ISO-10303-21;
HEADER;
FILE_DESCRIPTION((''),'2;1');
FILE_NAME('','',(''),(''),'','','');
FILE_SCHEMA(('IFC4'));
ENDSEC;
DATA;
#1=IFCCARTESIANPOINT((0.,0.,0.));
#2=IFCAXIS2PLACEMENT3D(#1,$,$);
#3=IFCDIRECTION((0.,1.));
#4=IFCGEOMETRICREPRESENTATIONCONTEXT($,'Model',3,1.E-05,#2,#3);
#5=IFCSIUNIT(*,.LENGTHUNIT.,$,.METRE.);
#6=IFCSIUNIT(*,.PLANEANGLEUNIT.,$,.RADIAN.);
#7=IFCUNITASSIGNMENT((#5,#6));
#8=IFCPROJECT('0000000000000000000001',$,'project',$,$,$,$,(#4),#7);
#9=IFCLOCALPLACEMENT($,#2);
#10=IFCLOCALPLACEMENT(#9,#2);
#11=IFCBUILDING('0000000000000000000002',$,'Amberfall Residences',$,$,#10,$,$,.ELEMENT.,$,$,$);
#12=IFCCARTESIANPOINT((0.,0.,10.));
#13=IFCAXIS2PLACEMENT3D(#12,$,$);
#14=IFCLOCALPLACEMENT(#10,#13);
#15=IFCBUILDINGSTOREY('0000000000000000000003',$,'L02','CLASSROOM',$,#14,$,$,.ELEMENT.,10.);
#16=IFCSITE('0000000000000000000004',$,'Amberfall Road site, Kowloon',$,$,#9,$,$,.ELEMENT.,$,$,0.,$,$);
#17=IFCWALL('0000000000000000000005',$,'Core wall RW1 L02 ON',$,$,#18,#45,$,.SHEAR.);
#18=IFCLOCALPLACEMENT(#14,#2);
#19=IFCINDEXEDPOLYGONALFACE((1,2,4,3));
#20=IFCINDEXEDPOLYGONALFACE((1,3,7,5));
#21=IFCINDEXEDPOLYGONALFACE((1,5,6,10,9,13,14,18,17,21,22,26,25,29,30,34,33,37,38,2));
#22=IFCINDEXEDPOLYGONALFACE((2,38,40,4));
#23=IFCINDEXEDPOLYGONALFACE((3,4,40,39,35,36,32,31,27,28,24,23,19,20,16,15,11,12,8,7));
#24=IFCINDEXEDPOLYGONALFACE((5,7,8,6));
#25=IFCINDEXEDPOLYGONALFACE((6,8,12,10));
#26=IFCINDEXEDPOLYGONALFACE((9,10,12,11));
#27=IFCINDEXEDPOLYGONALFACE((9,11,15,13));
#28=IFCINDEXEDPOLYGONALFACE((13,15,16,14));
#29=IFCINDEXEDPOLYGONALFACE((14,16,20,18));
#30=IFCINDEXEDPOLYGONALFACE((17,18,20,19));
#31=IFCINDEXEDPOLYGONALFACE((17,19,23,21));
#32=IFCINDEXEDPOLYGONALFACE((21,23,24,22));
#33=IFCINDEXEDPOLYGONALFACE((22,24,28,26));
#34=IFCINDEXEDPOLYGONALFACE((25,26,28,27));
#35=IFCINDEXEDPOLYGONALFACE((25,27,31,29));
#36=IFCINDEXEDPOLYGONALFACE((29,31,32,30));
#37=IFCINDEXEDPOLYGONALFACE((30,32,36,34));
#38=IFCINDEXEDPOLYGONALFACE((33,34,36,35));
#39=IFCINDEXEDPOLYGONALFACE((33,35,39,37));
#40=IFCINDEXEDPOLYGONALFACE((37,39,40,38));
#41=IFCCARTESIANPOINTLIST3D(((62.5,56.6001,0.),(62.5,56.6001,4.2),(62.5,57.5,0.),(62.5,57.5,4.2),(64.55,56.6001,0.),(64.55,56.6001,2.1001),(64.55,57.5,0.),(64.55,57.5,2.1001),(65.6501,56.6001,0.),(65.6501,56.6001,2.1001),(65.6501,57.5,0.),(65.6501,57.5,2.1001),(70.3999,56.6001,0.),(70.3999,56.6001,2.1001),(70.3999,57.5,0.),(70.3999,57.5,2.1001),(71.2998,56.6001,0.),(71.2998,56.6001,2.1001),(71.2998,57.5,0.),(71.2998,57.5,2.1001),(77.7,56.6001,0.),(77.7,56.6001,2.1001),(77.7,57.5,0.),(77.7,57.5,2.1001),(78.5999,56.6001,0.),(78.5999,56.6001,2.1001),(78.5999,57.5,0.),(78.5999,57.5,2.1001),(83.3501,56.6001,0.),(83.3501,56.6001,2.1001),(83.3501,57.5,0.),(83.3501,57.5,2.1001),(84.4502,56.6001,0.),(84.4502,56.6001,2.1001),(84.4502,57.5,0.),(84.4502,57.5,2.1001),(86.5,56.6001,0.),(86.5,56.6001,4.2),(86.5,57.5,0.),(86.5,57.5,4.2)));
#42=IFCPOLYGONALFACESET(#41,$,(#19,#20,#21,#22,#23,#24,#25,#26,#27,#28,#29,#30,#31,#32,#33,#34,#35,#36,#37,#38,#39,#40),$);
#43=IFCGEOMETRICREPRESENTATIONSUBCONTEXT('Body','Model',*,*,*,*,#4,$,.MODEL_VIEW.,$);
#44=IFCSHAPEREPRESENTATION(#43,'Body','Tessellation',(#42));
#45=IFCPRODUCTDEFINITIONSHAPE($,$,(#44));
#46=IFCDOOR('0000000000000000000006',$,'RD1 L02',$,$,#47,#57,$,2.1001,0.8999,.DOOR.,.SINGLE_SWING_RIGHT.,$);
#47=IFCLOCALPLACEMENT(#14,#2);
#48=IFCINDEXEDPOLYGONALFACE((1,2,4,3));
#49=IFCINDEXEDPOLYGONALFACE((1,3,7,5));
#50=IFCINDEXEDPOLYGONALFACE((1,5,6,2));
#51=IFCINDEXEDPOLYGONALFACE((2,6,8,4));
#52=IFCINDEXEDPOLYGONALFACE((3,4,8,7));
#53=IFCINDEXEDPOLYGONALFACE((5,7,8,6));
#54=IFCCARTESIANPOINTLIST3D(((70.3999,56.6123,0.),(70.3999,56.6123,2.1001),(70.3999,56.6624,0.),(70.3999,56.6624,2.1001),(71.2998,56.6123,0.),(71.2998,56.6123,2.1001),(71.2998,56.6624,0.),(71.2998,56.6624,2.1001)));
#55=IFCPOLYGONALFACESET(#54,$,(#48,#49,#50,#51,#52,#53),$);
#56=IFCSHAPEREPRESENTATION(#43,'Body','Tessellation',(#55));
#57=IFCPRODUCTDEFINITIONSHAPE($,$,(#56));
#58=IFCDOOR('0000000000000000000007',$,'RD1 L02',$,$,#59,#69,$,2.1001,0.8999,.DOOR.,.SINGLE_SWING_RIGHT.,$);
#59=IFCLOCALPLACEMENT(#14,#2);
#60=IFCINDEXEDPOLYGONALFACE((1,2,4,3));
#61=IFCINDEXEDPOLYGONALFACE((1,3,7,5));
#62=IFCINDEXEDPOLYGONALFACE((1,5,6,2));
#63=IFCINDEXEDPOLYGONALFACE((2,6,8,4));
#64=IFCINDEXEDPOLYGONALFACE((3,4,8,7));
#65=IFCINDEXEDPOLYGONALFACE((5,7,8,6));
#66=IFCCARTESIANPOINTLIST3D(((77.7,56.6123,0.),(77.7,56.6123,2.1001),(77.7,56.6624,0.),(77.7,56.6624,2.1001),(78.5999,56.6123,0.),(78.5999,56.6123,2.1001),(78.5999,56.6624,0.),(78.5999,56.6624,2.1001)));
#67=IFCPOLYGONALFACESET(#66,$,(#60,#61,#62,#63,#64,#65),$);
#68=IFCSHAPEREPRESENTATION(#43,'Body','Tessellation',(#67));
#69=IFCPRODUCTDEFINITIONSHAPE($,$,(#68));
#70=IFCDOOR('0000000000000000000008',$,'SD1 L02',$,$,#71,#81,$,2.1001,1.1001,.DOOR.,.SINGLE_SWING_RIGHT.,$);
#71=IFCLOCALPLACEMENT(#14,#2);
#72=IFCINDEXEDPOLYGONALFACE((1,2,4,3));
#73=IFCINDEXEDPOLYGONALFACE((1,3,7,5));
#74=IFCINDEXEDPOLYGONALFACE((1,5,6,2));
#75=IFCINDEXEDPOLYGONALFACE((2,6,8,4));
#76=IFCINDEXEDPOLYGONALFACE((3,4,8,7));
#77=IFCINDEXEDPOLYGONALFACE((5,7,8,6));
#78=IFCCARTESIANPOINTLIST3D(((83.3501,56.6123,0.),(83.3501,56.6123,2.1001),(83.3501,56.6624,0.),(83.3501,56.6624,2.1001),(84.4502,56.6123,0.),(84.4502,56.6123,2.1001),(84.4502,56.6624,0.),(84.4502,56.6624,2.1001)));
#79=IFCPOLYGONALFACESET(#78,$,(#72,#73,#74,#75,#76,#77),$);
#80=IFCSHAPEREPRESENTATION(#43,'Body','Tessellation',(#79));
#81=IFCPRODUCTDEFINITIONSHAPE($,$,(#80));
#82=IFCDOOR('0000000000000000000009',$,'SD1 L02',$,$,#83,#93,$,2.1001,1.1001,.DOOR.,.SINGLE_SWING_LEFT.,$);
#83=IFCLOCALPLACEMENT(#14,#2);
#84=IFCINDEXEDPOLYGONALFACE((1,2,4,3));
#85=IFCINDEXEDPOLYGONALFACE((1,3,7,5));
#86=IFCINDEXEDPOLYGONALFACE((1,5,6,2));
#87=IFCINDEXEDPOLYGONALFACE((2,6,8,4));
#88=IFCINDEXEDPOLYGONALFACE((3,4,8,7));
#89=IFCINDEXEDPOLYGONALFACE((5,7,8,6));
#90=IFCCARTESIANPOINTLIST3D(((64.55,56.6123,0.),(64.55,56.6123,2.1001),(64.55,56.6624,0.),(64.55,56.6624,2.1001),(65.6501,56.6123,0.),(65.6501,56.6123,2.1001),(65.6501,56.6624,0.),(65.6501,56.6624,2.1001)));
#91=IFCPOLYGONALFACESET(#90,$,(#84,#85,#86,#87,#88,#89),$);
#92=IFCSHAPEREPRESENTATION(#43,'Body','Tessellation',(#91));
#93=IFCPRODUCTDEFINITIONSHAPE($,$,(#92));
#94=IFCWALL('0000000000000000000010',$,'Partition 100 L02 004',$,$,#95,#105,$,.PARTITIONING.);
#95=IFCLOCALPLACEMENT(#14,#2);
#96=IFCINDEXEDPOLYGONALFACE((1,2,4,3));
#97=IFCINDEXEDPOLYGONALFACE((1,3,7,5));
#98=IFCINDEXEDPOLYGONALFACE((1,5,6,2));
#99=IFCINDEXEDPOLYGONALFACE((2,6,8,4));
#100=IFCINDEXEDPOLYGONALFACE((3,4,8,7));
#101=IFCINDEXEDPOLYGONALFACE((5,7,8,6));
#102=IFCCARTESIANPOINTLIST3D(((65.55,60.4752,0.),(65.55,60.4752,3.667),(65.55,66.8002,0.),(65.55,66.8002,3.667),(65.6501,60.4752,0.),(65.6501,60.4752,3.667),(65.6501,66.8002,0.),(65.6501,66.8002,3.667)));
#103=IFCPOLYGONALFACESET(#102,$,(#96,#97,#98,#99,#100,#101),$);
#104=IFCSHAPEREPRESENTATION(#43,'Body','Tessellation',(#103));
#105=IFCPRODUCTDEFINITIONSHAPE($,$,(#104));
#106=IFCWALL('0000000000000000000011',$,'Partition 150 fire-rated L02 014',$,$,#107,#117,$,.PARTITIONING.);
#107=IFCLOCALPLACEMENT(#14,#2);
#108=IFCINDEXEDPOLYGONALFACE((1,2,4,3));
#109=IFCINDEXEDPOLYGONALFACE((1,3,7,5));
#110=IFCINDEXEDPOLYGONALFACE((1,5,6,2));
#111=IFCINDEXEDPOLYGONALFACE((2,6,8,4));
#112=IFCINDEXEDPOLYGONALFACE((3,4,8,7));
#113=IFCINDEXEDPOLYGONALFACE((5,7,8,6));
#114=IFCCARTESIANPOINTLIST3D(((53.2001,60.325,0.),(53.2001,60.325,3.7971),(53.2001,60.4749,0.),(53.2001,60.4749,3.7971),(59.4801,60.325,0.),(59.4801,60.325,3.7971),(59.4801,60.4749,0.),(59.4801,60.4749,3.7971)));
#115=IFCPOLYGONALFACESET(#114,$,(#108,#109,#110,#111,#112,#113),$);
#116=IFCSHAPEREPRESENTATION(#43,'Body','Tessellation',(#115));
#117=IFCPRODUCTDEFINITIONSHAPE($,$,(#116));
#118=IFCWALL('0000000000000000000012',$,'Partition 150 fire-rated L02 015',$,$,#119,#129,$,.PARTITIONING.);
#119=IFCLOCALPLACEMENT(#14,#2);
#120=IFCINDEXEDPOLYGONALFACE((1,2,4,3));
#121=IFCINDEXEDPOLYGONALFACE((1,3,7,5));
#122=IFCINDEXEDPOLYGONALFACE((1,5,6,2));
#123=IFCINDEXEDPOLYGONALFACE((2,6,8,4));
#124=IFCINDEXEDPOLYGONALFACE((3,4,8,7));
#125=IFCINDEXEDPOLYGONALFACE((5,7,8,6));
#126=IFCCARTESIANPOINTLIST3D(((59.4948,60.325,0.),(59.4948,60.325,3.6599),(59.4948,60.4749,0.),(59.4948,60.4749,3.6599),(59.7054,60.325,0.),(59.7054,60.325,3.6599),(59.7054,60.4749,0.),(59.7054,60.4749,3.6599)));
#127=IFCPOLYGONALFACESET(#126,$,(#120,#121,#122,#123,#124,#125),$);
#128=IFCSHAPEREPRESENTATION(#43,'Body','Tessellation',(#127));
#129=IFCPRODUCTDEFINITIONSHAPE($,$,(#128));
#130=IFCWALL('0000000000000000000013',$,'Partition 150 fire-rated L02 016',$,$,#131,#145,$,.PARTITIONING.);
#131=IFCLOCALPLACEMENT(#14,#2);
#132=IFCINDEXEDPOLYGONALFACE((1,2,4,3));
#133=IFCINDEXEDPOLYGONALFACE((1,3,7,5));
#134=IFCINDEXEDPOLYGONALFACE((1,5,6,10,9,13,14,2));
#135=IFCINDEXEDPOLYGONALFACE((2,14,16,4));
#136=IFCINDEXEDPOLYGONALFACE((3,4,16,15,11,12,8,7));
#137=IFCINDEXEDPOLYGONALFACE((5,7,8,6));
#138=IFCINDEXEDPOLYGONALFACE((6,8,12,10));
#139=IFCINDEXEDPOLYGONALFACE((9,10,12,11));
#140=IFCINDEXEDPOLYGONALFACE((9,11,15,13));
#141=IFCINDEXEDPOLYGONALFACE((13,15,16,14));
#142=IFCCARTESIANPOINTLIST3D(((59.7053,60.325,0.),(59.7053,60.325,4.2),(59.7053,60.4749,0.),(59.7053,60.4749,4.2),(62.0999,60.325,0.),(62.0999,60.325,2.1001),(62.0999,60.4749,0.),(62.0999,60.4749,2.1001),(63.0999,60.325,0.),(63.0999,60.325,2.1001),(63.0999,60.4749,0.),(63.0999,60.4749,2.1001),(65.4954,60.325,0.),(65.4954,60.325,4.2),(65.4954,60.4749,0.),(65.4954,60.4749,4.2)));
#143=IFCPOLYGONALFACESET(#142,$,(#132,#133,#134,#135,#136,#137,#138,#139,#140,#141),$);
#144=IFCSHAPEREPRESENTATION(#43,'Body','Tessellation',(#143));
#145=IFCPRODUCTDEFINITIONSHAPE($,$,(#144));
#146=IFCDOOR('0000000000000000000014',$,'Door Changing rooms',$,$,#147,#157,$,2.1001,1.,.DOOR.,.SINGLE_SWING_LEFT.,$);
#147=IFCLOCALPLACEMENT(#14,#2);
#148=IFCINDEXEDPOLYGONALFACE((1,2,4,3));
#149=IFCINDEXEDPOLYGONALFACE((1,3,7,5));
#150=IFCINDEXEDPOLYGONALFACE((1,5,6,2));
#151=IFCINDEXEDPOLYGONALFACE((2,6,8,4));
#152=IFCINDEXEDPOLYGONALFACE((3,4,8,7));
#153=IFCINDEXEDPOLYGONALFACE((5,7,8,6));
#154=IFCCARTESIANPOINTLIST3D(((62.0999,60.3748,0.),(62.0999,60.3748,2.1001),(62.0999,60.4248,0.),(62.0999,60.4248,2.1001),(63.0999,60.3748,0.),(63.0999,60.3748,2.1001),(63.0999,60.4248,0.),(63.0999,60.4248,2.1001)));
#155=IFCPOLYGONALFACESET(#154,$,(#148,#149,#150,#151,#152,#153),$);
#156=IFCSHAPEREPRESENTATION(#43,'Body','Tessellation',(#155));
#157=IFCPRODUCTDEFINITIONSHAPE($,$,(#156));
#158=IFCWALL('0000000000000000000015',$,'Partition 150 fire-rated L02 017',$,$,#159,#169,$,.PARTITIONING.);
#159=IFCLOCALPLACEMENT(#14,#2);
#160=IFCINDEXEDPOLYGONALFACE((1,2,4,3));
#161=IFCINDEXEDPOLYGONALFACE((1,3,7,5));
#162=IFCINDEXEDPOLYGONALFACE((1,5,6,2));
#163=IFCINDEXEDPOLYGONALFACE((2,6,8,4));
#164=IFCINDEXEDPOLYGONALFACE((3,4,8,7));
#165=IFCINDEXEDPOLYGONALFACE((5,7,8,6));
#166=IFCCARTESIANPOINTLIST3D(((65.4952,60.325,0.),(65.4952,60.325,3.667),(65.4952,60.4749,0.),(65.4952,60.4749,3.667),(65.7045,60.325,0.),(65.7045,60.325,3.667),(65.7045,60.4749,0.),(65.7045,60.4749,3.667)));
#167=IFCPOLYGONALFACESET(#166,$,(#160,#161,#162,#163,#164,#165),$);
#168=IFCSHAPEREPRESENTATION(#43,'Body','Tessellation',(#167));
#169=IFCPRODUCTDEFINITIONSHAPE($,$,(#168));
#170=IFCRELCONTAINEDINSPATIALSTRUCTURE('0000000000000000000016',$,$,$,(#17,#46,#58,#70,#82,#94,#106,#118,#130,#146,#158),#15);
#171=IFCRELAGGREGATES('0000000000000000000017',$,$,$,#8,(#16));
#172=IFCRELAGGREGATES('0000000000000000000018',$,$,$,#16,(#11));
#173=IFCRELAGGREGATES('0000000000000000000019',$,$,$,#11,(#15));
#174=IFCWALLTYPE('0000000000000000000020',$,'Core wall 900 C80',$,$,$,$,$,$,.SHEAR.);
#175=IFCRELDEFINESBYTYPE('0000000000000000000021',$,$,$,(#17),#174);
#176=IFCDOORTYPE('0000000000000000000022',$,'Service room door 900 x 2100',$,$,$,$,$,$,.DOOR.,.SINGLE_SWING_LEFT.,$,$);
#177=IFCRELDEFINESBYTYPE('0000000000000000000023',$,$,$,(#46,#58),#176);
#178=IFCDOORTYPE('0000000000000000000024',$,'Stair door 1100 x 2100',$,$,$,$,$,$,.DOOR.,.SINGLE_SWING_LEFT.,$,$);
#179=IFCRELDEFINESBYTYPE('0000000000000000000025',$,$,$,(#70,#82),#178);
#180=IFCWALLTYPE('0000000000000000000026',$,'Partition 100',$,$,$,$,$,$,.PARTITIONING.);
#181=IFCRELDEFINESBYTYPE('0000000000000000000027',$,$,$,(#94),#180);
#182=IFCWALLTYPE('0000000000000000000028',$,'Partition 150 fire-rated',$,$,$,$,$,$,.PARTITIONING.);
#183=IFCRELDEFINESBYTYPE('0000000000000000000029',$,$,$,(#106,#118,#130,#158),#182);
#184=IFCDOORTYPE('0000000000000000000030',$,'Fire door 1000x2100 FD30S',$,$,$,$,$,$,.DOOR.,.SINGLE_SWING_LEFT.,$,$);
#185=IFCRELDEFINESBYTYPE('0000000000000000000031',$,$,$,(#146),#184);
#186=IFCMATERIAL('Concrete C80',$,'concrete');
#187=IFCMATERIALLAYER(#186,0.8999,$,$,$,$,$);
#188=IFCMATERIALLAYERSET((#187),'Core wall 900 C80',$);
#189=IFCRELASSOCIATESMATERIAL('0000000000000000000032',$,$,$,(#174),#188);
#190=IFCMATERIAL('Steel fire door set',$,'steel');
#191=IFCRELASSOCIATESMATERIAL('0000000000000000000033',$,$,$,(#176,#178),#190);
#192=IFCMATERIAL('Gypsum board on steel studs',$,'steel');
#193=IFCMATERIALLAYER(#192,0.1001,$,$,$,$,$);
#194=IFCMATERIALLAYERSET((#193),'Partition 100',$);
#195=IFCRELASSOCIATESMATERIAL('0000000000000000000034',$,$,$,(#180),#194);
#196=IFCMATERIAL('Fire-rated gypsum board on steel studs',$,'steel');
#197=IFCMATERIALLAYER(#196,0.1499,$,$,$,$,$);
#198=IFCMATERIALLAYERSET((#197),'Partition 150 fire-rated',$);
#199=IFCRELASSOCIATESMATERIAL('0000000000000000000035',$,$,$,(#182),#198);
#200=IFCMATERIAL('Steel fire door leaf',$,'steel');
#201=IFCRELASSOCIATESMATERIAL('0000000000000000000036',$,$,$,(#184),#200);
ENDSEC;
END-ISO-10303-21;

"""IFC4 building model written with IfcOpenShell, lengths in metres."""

from ifc_helpers import new_model, si_unit, direction, frame, frame_2d, origin, place, context, subcontext, project, spatial, rectangle, extrude, material, layer, layer_set, type_object, element, fill, save


model = new_model("IFC4")

# Units and contexts
model_context = context("Model", 3, precision=1e-05, world=origin(), true_north=direction((0.0, 1.0)))
body_context = subcontext(model_context, "Body", "Model", "MODEL_VIEW")
ifc_project = project(units=[si_unit("LENGTHUNIT", "METRE"), si_unit("PLANEANGLEUNIT", "RADIAN")], contexts=[model_context])

# Site, building, storey
site_placement = place(None, origin())
site = spatial("IfcSite", under=ifc_project, at=site_placement, Name="Amberfall Road site, Kowloon", CompositionType="ELEMENT", RefElevation=0.0)
building_placement = place(site_placement, origin())
building = spatial("IfcBuilding", under=site, at=building_placement, Name="Amberfall Residences", CompositionType="ELEMENT")
storey_placement = place(building_placement, frame((0.0, 0.0, 10.0)))
storey = spatial("IfcBuildingStorey", under=building, at=storey_placement, Name="L02", Description="CLASSROOM", CompositionType="ELEMENT", Elevation=10.0)

# Shared definitions
ifc_material_1 = material(Name="Concrete C80", Category="concrete")

# Wall, openings, doors
ifc_layer_1 = layer(ifc_material_1, 0.8999)
ifc_layer_set_1 = layer_set([ifc_layer_1], Name="Core wall 900 C80")
wall_type_1 = type_object("IfcWallType", Name="Core wall 900 C80", PredefinedType="SHEAR", material=ifc_layer_set_1)
wall_1_placement = place(storey_placement, frame((62.5, 57.05, 0.0), z_axis=(0.0, 0.0, 1.0), x_axis=(1.0, 0.0, 0.0)))
wall_1 = element("IfcWall", 1, at=wall_1_placement, inside=storey, type_object=wall_type_1, Name="Core wall RW1 L02 ON", PredefinedType="SHEAR", context=body_context, shape_type="SweptSolid", body=[
    extrude(rectangle(XDim=24.0, YDim=0.8999, at=frame_2d((12.0, 0.0))), origin(), (0.0, 0.0, 1.0), 4.2),
])
opening_1_placement = place(wall_1_placement, frame((20.8501, 0.0, 0.0)))
opening_1 = element("IfcOpeningElement", 2, at=opening_1_placement, cuts=wall_1, PredefinedType="OPENING", context=body_context, shape_type="SweptSolid", body=[
    extrude(rectangle(XDim=1.1001, YDim=2.1001, at=frame_2d((0.55, 1.05))), frame((0.0, 0.46, 0.0), z_axis=(0.0, -1.0, 0.0), x_axis=(1.0, 0.0, 0.0)), (0.0, 0.0, 1.0), 0.9199),
])
opening_2_placement = place(wall_1_placement, frame((2.05, 0.0, 0.0)))
opening_2 = element("IfcOpeningElement", 3, at=opening_2_placement, cuts=wall_1, PredefinedType="OPENING", context=body_context, shape_type="SweptSolid", body=[
    extrude(rectangle(XDim=1.1001, YDim=2.1001, at=frame_2d((0.55, 1.05))), frame((0.0, 0.46, 0.0), z_axis=(0.0, -1.0, 0.0), x_axis=(1.0, 0.0, 0.0)), (0.0, 0.0, 1.0), 0.9199),
])
opening_3_placement = place(wall_1_placement, frame((7.8999, 0.0, 0.0)))
opening_3 = element("IfcOpeningElement", 4, at=opening_3_placement, cuts=wall_1, PredefinedType="OPENING", context=body_context, shape_type="SweptSolid", body=[
    extrude(rectangle(XDim=0.8999, YDim=2.1001, at=frame_2d((0.45, 1.05))), frame((0.0, 0.46, 0.0), z_axis=(0.0, -1.0, 0.0), x_axis=(1.0, 0.0, 0.0)), (0.0, 0.0, 1.0), 0.9199),
])
opening_4_placement = place(wall_1_placement, frame((15.2, 0.0, 0.0)))
opening_4 = element("IfcOpeningElement", 5, at=opening_4_placement, cuts=wall_1, PredefinedType="OPENING", context=body_context, shape_type="SweptSolid", body=[
    extrude(rectangle(XDim=0.8999, YDim=2.1001, at=frame_2d((0.45, 1.05))), frame((0.0, 0.46, 0.0), z_axis=(0.0, -1.0, 0.0), x_axis=(1.0, 0.0, 0.0)), (0.0, 0.0, 1.0), 0.9199),
])
ifc_material_2 = material(Name="Steel fire door set", Category="steel")
door_type_1 = type_object("IfcDoorType", Name="Service room door 900 x 2100", OperationType="SINGLE_SWING_LEFT", PredefinedType="DOOR", material=ifc_material_2)
door_1_placement = place(opening_3_placement, origin())
door_1 = element("IfcDoor", 6, at=door_1_placement, inside=storey, type_object=door_type_1, Name="RD1 L02", OperationType="SINGLE_SWING_RIGHT", OverallHeight=2.1001, OverallWidth=0.8999, PredefinedType="DOOR", context=body_context, shape_type="SweptSolid", body=[
    extrude(rectangle(XDim=0.8999, YDim=2.1001, at=frame_2d((0.45, 1.05))), frame((0.0, -0.3877, 0.0), z_axis=(0.0, -1.0, 0.0), x_axis=(1.0, 0.0, 0.0)), (0.0, 0.0, 1.0), 0.05),
])
fill(opening_3, door_1)
door_2_placement = place(opening_4_placement, origin())
door_2 = element("IfcDoor", 7, at=door_2_placement, inside=storey, type_object=door_type_1, Name="RD1 L02", OperationType="SINGLE_SWING_RIGHT", OverallHeight=2.1001, OverallWidth=0.8999, PredefinedType="DOOR", context=body_context, shape_type="SweptSolid", body=[
    extrude(rectangle(XDim=0.8999, YDim=2.1001, at=frame_2d((0.45, 1.05))), frame((0.0, -0.3877, 0.0), z_axis=(0.0, -1.0, 0.0), x_axis=(1.0, 0.0, 0.0)), (0.0, 0.0, 1.0), 0.05),
])
fill(opening_4, door_2)
door_type_2 = type_object("IfcDoorType", Name="Stair door 1100 x 2100", OperationType="SINGLE_SWING_LEFT", PredefinedType="DOOR", material=ifc_material_2)
door_3_placement = place(opening_1_placement, origin())
door_3 = element("IfcDoor", 8, at=door_3_placement, inside=storey, type_object=door_type_2, Name="SD1 L02", OperationType="SINGLE_SWING_RIGHT", OverallHeight=2.1001, OverallWidth=1.1001, PredefinedType="DOOR", context=body_context, shape_type="SweptSolid", body=[
    extrude(rectangle(XDim=1.1001, YDim=2.1001, at=frame_2d((0.55, 1.05))), frame((0.0, -0.3877, 0.0), z_axis=(0.0, -1.0, 0.0), x_axis=(1.0, 0.0, 0.0)), (0.0, 0.0, 1.0), 0.05),
])
fill(opening_1, door_3)
door_4_placement = place(opening_2_placement, origin())
door_4 = element("IfcDoor", 9, at=door_4_placement, inside=storey, type_object=door_type_2, Name="SD1 L02", OperationType="SINGLE_SWING_LEFT", OverallHeight=2.1001, OverallWidth=1.1001, PredefinedType="DOOR", context=body_context, shape_type="SweptSolid", body=[
    extrude(rectangle(XDim=1.1001, YDim=2.1001, at=frame_2d((0.55, 1.05))), frame((0.0, -0.3877, 0.0), z_axis=(0.0, -1.0, 0.0), x_axis=(1.0, 0.0, 0.0)), (0.0, 0.0, 1.0), 0.05),
])
fill(opening_2, door_4)

# Walls
ifc_material_3 = material(Name="Gypsum board on steel studs", Category="steel")
ifc_layer_2 = layer(ifc_material_3, 0.1001)
ifc_layer_set_2 = layer_set([ifc_layer_2], Name="Partition 100")
wall_type_2 = type_object("IfcWallType", Name="Partition 100", PredefinedType="PARTITIONING", material=ifc_layer_set_2)
wall_2_placement = place(storey_placement, frame((65.6001, 60.4751, 0.0), z_axis=(0.0, 0.0, 1.0), x_axis=(0.0, 1.0, 0.0)))
element("IfcWall", 10, at=wall_2_placement, inside=storey, type_object=wall_type_2, Name="Partition 100 L02 004", PredefinedType="PARTITIONING", context=body_context, shape_type="SweptSolid", body=[
    extrude(rectangle(XDim=6.325, YDim=0.1001, at=frame_2d((3.1626, 0.0))), origin(), (0.0, 0.0, 1.0), 3.667),
])
ifc_material_4 = material(Name="Fire-rated gypsum board on steel studs", Category="steel")
ifc_layer_3 = layer(ifc_material_4, 0.1499)
ifc_layer_set_3 = layer_set([ifc_layer_3], Name="Partition 150 fire-rated")
wall_type_3 = type_object("IfcWallType", Name="Partition 150 fire-rated", PredefinedType="PARTITIONING", material=ifc_layer_set_3)
wall_3_placement = place(storey_placement, frame((53.2, 60.3999, 0.0), z_axis=(0.0, 0.0, 1.0), x_axis=(1.0, 0.0, 0.0)))
element("IfcWall", 11, at=wall_3_placement, inside=storey, type_object=wall_type_3, Name="Partition 150 fire-rated L02 014", PredefinedType="PARTITIONING", context=body_context, shape_type="SweptSolid", body=[
    extrude(rectangle(XDim=6.28, YDim=0.1499, at=frame_2d((3.1401, 0.0))), origin(), (0.0, 0.0, 1.0), 3.7971),
])
wall_4_placement = place(storey_placement, frame((59.4946, 60.3999, 0.0), z_axis=(0.0, 0.0, 1.0), x_axis=(1.0, 0.0, 0.0)))
element("IfcWall", 12, at=wall_4_placement, inside=storey, type_object=wall_type_3, Name="Partition 150 fire-rated L02 015", PredefinedType="PARTITIONING", context=body_context, shape_type="SweptSolid", body=[
    extrude(rectangle(XDim=0.2107, YDim=0.1499, at=frame_2d((0.1055, 0.0))), origin(), (0.0, 0.0, 1.0), 3.6599),
])

# Wall, opening, door
wall_5_placement = place(storey_placement, frame((59.7053, 60.3999, 0.0), z_axis=(0.0, 0.0, 1.0), x_axis=(1.0, 0.0, 0.0)))
wall_5 = element("IfcWall", 13, at=wall_5_placement, inside=storey, type_object=wall_type_3, Name="Partition 150 fire-rated L02 016", PredefinedType="PARTITIONING", context=body_context, shape_type="SweptSolid", body=[
    extrude(rectangle(XDim=5.79, YDim=0.1499, at=frame_2d((2.895, 0.0))), origin(), (0.0, 0.0, 1.0), 4.2),
])
opening_5_placement = place(wall_5_placement, frame((2.3945, 0.0, 0.0)))
opening_5 = element("IfcOpeningElement", 14, at=opening_5_placement, cuts=wall_5, PredefinedType="OPENING", context=body_context, shape_type="SweptSolid", body=[
    extrude(rectangle(XDim=1.0, YDim=2.1001, at=frame_2d((0.5, 1.05))), frame((0.0, 0.085, 0.0), z_axis=(0.0, -1.0, 0.0), x_axis=(1.0, 0.0, 0.0)), (0.0, 0.0, 1.0), 0.1699),
])
ifc_material_5 = material(Name="Steel fire door leaf", Category="steel")
door_type_3 = type_object("IfcDoorType", Name="Fire door 1000x2100 FD30S", OperationType="SINGLE_SWING_LEFT", PredefinedType="DOOR", material=ifc_material_5)
door_5_placement = place(opening_5_placement, origin())
door_5 = element("IfcDoor", 15, at=door_5_placement, inside=storey, type_object=door_type_3, Name="Door Changing rooms", OperationType="SINGLE_SWING_LEFT", OverallHeight=2.1001, OverallWidth=1.0, PredefinedType="DOOR", context=body_context, shape_type="SweptSolid", body=[
    extrude(rectangle(XDim=1.0, YDim=2.1001, at=frame_2d((0.5, 1.05))), frame((0.0, 0.0249, 0.0), z_axis=(0.0, -1.0, 0.0), x_axis=(1.0, 0.0, 0.0)), (0.0, 0.0, 1.0), 0.05),
])
fill(opening_5, door_5)

# Wall
wall_6_placement = place(storey_placement, frame((65.4954, 60.3999, 0.0), z_axis=(0.0, 0.0, 1.0), x_axis=(1.0, 0.0, 0.0)))
element("IfcWall", 16, at=wall_6_placement, inside=storey, type_object=wall_type_3, Name="Partition 150 fire-rated L02 017", PredefinedType="PARTITIONING", context=body_context, shape_type="SweptSolid", body=[
    extrude(rectangle(XDim=0.2092, YDim=0.1499, at=frame_2d((0.1045, 0.0))), origin(), (0.0, 0.0, 1.0), 3.667),
])

save(model, "model.ifc")
